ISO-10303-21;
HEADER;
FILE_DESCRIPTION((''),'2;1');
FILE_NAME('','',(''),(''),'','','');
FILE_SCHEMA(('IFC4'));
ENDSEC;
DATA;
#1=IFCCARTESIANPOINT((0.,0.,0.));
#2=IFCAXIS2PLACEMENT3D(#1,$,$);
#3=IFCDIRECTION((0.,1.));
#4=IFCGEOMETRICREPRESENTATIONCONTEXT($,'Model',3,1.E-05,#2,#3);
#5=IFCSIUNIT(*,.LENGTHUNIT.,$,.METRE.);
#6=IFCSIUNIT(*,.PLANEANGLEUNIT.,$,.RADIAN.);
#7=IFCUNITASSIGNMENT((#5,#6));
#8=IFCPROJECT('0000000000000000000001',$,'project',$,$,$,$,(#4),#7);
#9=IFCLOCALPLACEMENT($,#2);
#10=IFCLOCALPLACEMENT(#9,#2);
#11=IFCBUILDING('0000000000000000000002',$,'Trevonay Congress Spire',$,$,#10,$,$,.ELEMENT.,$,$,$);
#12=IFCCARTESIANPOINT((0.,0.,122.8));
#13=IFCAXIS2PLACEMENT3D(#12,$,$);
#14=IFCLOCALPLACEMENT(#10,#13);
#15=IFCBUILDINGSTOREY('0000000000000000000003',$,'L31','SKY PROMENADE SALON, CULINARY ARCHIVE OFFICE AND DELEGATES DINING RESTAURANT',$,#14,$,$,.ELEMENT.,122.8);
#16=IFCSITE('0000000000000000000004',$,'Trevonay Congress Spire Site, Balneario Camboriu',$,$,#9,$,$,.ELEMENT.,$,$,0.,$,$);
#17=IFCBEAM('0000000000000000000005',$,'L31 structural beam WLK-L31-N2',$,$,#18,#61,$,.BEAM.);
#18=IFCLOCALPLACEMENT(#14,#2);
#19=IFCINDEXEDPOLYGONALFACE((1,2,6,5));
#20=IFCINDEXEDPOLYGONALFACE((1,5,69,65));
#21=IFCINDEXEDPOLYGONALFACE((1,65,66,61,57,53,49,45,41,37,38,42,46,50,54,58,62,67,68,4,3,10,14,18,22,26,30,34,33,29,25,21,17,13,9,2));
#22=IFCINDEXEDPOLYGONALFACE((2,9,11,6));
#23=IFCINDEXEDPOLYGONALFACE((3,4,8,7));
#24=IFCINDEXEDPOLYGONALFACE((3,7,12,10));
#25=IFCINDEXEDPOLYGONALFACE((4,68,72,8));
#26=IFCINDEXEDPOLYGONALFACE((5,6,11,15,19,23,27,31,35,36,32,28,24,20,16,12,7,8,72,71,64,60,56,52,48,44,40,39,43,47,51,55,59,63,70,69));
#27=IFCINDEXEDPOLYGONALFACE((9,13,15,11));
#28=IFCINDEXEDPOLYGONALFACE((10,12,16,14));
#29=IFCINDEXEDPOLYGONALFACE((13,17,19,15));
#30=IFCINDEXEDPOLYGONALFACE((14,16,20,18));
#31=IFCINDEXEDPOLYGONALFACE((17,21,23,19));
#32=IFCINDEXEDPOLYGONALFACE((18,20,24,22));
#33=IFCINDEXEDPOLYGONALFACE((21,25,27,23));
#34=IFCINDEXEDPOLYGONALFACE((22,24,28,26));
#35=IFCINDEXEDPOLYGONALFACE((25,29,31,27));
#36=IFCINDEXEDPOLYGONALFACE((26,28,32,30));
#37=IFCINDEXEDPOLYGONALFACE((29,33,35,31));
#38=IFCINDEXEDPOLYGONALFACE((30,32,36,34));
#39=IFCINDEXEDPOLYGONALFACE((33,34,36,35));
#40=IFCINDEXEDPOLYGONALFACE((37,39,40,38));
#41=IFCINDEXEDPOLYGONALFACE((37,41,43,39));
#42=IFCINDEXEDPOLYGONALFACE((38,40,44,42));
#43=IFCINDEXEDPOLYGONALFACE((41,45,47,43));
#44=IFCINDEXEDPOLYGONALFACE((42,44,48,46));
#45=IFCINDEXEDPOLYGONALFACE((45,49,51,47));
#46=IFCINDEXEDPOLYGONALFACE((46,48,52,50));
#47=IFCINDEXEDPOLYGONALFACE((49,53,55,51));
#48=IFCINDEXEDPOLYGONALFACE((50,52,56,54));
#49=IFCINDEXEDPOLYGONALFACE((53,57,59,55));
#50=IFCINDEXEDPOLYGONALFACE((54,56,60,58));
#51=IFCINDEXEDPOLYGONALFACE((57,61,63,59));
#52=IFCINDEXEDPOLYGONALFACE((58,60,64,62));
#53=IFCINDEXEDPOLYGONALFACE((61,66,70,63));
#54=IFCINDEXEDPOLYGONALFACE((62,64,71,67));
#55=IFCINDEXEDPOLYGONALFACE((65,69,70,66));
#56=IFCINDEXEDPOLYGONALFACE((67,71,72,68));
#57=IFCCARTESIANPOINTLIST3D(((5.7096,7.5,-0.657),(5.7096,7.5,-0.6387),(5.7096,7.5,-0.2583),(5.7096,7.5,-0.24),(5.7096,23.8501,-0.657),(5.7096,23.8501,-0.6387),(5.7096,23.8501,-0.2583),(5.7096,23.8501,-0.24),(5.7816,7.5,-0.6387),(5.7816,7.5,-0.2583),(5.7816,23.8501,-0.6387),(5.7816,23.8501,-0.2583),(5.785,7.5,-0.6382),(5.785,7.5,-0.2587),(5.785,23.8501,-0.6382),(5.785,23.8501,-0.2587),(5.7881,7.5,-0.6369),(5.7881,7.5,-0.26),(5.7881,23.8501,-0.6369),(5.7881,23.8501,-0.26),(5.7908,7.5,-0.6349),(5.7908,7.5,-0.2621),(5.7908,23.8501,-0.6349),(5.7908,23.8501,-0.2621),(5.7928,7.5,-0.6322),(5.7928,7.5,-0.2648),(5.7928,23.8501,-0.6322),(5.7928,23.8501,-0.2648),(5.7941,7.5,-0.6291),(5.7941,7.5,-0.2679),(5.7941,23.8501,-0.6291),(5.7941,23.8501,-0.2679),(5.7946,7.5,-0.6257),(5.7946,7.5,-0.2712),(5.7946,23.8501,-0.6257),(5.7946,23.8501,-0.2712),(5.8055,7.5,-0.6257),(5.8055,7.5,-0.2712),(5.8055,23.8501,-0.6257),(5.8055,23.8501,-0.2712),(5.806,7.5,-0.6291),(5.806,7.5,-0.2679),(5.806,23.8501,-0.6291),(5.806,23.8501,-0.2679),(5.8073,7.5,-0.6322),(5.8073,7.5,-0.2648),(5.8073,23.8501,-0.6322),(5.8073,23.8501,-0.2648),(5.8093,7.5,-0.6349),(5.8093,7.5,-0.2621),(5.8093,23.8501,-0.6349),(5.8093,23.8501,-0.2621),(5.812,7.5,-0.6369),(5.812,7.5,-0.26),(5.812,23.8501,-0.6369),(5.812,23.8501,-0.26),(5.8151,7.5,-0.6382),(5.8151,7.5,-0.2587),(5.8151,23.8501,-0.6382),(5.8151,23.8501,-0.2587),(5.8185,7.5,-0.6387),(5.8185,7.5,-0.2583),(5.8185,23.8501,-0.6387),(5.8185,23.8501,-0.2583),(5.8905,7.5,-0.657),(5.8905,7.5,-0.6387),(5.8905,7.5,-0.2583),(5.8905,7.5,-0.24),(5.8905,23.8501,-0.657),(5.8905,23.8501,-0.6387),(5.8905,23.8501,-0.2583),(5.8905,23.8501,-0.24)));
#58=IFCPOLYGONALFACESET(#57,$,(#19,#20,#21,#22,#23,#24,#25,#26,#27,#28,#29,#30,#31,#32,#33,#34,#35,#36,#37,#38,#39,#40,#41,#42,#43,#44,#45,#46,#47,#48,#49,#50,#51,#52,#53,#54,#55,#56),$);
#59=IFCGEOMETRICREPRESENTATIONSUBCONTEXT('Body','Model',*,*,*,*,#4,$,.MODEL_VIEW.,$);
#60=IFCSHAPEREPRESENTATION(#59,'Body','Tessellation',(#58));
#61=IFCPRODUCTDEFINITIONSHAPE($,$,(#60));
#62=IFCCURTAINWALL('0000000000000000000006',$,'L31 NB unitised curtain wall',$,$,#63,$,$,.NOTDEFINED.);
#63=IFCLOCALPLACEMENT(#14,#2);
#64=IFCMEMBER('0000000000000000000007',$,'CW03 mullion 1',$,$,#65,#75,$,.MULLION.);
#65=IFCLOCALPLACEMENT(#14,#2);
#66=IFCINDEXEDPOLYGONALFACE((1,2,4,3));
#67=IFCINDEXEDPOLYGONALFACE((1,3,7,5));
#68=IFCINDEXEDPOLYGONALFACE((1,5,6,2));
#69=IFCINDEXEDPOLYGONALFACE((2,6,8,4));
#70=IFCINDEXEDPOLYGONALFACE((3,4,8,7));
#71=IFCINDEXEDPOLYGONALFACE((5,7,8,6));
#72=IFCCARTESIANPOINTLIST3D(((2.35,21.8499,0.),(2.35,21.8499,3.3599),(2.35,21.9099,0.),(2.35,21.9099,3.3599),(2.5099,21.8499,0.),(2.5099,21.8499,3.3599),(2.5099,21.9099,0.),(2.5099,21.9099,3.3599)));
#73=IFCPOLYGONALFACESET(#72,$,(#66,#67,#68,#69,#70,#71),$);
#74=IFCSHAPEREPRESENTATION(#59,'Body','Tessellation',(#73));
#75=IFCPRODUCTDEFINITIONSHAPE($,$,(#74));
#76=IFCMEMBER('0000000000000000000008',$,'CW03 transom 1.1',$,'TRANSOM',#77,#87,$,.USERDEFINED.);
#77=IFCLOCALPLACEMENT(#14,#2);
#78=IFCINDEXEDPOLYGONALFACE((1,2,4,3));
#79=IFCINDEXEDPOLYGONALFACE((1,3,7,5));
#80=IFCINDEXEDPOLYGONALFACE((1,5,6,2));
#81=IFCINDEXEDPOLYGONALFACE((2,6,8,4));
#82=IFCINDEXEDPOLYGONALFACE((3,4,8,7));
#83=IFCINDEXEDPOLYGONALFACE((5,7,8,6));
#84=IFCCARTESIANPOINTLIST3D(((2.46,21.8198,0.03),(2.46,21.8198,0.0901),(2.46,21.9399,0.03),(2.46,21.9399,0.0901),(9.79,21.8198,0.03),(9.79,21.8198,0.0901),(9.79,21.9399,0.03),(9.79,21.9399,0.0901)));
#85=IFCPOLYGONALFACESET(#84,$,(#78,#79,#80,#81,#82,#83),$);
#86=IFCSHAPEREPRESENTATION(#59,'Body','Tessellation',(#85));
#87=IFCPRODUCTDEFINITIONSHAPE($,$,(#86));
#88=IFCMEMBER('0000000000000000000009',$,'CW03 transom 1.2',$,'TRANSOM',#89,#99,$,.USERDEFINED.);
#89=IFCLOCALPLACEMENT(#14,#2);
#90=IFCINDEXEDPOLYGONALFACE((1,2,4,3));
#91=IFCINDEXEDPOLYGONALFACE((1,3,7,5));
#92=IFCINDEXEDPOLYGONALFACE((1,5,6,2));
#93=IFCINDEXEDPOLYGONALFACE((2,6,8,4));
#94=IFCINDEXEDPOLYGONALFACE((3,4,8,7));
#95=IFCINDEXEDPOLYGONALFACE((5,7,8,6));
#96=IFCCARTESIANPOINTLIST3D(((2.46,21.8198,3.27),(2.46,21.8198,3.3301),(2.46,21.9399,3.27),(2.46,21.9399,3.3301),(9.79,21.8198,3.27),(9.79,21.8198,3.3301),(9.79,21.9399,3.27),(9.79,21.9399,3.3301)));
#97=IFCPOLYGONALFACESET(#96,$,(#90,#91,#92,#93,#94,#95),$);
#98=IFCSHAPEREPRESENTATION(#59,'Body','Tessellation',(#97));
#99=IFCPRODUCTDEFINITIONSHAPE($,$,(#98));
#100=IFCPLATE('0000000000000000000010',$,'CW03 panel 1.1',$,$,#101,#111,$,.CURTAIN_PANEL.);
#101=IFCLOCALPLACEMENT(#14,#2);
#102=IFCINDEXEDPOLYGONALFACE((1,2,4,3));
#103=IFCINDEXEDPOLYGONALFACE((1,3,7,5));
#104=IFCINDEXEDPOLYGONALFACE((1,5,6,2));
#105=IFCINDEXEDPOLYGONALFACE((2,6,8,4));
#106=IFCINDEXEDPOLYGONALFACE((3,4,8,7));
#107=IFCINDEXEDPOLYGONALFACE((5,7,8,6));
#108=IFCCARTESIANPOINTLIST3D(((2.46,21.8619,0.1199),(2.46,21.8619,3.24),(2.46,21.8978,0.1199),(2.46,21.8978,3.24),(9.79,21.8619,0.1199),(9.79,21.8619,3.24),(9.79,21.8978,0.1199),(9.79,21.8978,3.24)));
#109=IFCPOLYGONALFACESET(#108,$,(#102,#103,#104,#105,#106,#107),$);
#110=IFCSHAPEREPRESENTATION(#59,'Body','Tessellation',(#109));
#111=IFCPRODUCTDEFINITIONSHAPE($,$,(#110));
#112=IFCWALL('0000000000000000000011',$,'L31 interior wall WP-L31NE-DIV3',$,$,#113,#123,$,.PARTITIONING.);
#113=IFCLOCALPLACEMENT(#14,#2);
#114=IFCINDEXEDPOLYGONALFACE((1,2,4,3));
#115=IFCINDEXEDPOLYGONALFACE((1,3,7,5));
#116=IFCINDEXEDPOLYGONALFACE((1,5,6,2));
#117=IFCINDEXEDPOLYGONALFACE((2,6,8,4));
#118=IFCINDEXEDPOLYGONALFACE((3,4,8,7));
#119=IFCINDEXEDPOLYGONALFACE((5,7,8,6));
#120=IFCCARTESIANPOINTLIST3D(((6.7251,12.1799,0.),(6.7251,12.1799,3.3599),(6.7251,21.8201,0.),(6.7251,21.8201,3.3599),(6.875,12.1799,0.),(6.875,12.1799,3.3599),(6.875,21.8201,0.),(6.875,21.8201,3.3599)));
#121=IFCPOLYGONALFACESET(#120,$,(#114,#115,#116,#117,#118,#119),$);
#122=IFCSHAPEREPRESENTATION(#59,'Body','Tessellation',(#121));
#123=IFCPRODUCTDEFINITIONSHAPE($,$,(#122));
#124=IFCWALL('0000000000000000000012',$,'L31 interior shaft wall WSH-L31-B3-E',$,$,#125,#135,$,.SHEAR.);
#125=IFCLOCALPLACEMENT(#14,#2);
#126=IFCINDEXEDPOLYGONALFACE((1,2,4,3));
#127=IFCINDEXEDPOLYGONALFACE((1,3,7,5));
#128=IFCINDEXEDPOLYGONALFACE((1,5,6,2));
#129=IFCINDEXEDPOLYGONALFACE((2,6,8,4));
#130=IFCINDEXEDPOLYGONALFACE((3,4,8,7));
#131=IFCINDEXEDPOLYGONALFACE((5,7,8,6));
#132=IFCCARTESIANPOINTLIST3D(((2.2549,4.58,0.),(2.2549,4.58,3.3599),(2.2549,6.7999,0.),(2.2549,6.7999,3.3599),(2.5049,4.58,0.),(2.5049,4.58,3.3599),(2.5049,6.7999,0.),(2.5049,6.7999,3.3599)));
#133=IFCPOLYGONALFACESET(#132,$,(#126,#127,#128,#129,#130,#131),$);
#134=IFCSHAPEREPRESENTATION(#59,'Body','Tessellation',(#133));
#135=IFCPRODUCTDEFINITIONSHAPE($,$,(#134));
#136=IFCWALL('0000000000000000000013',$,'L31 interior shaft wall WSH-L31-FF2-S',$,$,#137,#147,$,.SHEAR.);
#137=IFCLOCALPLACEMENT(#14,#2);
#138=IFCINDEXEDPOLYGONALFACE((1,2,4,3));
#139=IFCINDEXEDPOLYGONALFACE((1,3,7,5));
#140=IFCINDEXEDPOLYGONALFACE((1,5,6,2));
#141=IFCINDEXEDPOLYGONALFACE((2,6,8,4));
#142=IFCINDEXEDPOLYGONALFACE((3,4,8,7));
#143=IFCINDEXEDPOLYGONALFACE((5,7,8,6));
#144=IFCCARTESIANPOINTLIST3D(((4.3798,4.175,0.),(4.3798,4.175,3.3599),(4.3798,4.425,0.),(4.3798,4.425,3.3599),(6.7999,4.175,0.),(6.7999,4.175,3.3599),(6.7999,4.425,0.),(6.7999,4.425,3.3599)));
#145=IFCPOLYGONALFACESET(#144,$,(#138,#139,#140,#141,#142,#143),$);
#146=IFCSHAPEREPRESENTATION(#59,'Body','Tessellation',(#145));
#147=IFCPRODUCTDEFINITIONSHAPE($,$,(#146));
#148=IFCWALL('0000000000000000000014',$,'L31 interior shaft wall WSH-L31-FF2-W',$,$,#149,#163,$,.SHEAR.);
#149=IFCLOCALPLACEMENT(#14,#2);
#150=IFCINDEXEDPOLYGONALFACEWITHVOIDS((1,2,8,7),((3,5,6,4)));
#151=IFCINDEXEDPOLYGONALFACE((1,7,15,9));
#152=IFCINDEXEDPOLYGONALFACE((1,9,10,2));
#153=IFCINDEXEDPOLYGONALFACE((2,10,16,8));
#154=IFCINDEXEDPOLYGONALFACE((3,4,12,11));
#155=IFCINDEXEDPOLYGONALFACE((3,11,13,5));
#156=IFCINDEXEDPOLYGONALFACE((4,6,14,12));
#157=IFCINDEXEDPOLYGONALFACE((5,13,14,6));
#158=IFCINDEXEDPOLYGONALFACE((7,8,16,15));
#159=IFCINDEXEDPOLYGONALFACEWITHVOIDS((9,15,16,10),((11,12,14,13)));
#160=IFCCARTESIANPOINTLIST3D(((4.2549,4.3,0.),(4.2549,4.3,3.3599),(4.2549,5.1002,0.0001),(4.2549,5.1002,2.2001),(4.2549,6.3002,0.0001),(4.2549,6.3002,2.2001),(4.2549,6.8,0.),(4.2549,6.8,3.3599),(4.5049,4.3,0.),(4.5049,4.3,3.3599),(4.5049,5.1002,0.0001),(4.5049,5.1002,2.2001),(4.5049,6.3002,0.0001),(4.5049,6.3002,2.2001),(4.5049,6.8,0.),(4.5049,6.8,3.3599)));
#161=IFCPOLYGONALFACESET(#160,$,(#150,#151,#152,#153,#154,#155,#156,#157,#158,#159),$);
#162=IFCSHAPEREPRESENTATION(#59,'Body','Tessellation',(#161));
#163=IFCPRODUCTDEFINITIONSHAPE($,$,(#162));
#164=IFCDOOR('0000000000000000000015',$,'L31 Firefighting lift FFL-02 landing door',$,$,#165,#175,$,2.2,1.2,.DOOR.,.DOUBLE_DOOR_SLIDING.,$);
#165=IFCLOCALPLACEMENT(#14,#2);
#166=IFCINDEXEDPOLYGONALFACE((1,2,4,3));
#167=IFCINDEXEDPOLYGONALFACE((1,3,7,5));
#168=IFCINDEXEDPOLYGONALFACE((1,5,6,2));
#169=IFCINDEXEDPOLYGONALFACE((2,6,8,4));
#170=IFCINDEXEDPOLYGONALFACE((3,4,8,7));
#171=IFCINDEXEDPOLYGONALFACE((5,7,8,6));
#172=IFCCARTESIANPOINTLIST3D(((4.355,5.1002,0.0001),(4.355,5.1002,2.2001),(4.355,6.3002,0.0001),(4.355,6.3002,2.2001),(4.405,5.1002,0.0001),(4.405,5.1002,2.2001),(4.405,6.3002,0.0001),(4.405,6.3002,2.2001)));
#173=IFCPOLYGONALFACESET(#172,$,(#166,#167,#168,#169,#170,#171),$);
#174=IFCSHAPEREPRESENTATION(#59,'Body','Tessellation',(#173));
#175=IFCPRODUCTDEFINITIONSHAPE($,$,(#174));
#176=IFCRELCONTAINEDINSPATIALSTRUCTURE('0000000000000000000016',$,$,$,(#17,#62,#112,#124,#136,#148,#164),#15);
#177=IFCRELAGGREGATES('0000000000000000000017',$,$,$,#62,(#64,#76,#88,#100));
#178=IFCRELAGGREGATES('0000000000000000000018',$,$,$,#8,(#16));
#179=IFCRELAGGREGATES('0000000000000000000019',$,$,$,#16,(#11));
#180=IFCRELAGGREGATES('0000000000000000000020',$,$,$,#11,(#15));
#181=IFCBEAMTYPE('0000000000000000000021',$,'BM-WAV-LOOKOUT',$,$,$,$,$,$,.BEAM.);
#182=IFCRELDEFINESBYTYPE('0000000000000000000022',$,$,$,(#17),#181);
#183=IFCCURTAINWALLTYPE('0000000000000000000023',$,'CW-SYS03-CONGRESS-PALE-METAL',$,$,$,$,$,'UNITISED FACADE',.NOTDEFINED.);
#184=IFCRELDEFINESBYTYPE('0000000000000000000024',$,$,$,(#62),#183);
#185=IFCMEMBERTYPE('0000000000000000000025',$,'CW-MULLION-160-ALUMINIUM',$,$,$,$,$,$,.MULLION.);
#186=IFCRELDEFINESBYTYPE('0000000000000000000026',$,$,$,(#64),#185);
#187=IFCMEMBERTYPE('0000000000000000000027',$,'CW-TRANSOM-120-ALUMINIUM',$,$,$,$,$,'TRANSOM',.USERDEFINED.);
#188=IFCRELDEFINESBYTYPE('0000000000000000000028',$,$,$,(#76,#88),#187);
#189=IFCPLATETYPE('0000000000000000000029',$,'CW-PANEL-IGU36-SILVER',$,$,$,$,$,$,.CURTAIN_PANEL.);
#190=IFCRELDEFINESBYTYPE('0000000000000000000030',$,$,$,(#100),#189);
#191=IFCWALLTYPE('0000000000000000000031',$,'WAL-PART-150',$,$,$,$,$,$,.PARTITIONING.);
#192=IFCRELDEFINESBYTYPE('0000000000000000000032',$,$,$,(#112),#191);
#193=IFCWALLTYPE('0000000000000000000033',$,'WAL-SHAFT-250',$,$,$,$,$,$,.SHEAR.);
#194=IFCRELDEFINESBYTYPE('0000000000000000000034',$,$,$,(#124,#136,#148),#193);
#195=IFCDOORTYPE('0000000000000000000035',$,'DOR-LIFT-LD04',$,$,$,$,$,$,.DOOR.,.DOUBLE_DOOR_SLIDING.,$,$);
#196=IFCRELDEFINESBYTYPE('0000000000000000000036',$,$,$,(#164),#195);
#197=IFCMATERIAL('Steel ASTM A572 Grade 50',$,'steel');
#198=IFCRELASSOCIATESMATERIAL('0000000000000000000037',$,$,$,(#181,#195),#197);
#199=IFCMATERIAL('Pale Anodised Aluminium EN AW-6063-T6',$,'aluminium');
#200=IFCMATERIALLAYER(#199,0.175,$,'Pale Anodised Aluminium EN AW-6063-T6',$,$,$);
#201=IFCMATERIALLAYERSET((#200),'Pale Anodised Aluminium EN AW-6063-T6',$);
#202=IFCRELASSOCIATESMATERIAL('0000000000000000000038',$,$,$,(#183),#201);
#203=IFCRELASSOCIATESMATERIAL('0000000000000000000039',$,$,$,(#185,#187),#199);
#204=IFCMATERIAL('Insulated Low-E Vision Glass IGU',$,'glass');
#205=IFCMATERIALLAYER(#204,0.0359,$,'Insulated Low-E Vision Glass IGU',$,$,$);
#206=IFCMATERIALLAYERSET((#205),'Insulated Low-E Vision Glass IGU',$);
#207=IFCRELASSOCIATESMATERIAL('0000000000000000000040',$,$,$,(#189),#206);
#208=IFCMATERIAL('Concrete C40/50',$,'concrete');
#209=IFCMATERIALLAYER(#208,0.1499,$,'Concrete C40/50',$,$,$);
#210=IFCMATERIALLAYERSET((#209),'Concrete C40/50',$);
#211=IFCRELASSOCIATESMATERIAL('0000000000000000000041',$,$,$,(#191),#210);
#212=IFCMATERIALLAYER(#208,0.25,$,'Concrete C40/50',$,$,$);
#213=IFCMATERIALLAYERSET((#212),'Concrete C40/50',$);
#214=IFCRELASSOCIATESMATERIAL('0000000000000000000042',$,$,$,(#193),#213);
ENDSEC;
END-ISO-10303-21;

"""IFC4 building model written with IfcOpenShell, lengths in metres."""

from ifc_helpers import new_model, si_unit, direction, frame, frame_2d, origin, origin_2d, place, context, subcontext, project, spatial, rectangle, i_section, extrude, material, layer, layer_set, material_profile, profile_set, type_object, element, fill, aggregate, save


model = new_model("IFC4")

# Units and contexts
model_context = context("Model", 3, precision=1e-05, world=origin(), true_north=direction((0.0, 1.0)))
body_context = subcontext(model_context, "Body", "Model", "MODEL_VIEW")
ifc_project = project(units=[si_unit("LENGTHUNIT", "METRE"), si_unit("PLANEANGLEUNIT", "RADIAN")], contexts=[model_context])

# Site, building, storey
site_placement = place(None, origin())
site = spatial("IfcSite", under=ifc_project, at=site_placement, Name="Trevonay Congress Spire Site, Balneario Camboriu", CompositionType="ELEMENT", RefElevation=0.0)
building_placement = place(site_placement, origin())
building = spatial("IfcBuilding", under=site, at=building_placement, Name="Trevonay Congress Spire", CompositionType="ELEMENT")
storey_placement = place(building_placement, frame((0.0, 0.0, 122.8)))
storey = spatial("IfcBuildingStorey", under=building, at=storey_placement, Name="L31", Description="SKY PROMENADE SALON, CULINARY ARCHIVE OFFICE AND DELEGATES DINING RESTAURANT", CompositionType="ELEMENT", Elevation=122.8)

# Shared definitions
ifc_material_1 = material(Name="Steel ASTM A572 Grade 50", Category="steel")

# Beam
ifc_material_profile_1 = material_profile(ifc_material_1, i_section(OverallWidth=0.1809, OverallDepth=0.417, WebThickness=0.011, FlangeThickness=0.0183, FilletRadius=0.0129, at=origin_2d()), Name="W410x85")
ifc_profile_set_1 = profile_set([ifc_material_profile_1], Name="Steel ASTM A572 Grade 50")
beam_type_1 = type_object("IfcBeamType", Name="BM-WAV-LOOKOUT", PredefinedType="BEAM", material=ifc_profile_set_1)
beam_1_placement = place(storey_placement, frame((5.8, 7.5, -0.4485), z_axis=(0.0, 1.0, 0.0), x_axis=(-1.0, 0.0, 0.0)))
element("IfcBeam", 1, at=beam_1_placement, inside=storey, type_object=beam_type_1, Name="L31 structural beam WLK-L31-N2", PredefinedType="BEAM", context=body_context, shape_type="SweptSolid", body=[
    extrude(i_section(OverallWidth=0.1809, OverallDepth=0.417, WebThickness=0.011, FlangeThickness=0.0183, FilletRadius=0.0129, at=origin_2d()), origin(), (0.0, 0.0, 1.0), 16.3501),
])

# Curtain wall, members, plate
ifc_material_2 = material(Name="Pale Anodised Aluminium EN AW-6063-T6", Category="aluminium")
ifc_layer_1 = layer(ifc_material_2, 0.175, Name="Pale Anodised Aluminium EN AW-6063-T6")
ifc_layer_set_1 = layer_set([ifc_layer_1], Name="Pale Anodised Aluminium EN AW-6063-T6")
curtain_wall_type = type_object("IfcCurtainWallType", Name="CW-SYS03-CONGRESS-PALE-METAL", ElementType="UNITISED FACADE", PredefinedType="NOTDEFINED", material=ifc_layer_set_1)
curtain_wall_placement = place(storey_placement, origin())
curtain_wall = element("IfcCurtainWall", 2, at=curtain_wall_placement, inside=storey, type_object=curtain_wall_type, Name="L31 NB unitised curtain wall", PredefinedType="NOTDEFINED")
ifc_material_profile_2 = material_profile(ifc_material_2, rectangle(XDim=0.0601, YDim=0.1599, at=origin_2d()), Name="CW-MULLION-160-ALUMINIUM")
ifc_profile_set_2 = profile_set([ifc_material_profile_2], Name="Pale Anodised Aluminium EN AW-6063-T6")
member_type_1 = type_object("IfcMemberType", Name="CW-MULLION-160-ALUMINIUM", PredefinedType="MULLION", material=ifc_profile_set_2)
member_1_placement = place(storey_placement, frame((2.4299, 21.8799, 0.0), z_axis=(0.0, 0.0, 1.0), x_axis=(0.0, 1.0, 0.0)))
member_1 = element("IfcMember", 3, at=member_1_placement, type_object=member_type_1, Name="CW03 mullion 1", PredefinedType="MULLION", context=body_context, shape_type="SweptSolid", body=[
    extrude(rectangle(XDim=0.0601, YDim=0.1599, at=origin_2d()), origin(), (0.0, 0.0, 1.0), 3.3599),
])
ifc_material_profile_3 = material_profile(ifc_material_2, rectangle(XDim=0.1201, YDim=0.0601, at=origin_2d()), Name="CW-TRANSOM-120-ALUMINIUM")
ifc_profile_set_3 = profile_set([ifc_material_profile_3], Name="Pale Anodised Aluminium EN AW-6063-T6")
member_type_2 = type_object("IfcMemberType", Name="CW-TRANSOM-120-ALUMINIUM", ElementType="TRANSOM", PredefinedType="USERDEFINED", material=ifc_profile_set_3)
member_2_placement = place(storey_placement, frame((2.46, 21.8799, 0.0601), z_axis=(1.0, 0.0, 0.0), x_axis=(0.0, 1.0, 0.0)))
member_2 = element("IfcMember", 4, at=member_2_placement, type_object=member_type_2, Name="CW03 transom 1.1", ObjectType="TRANSOM", PredefinedType="USERDEFINED", context=body_context, shape_type="SweptSolid", body=[
    extrude(rectangle(XDim=0.1201, YDim=0.0601, at=origin_2d()), origin(), (0.0, 0.0, 1.0), 7.3301),
])
member_3_placement = place(storey_placement, frame((2.46, 21.8799, 3.3), z_axis=(1.0, 0.0, 0.0), x_axis=(0.0, 1.0, 0.0)))
member_3 = element("IfcMember", 5, at=member_3_placement, type_object=member_type_2, Name="CW03 transom 1.2", ObjectType="TRANSOM", PredefinedType="USERDEFINED", context=body_context, shape_type="SweptSolid", body=[
    extrude(rectangle(XDim=0.1201, YDim=0.0601, at=origin_2d()), origin(), (0.0, 0.0, 1.0), 7.3301),
])
ifc_material_3 = material(Name="Insulated Low-E Vision Glass IGU", Category="glass")
ifc_layer_2 = layer(ifc_material_3, 0.0359, Name="Insulated Low-E Vision Glass IGU")
ifc_layer_set_2 = layer_set([ifc_layer_2], Name="Insulated Low-E Vision Glass IGU")
plate_type = type_object("IfcPlateType", Name="CW-PANEL-IGU36-SILVER", PredefinedType="CURTAIN_PANEL", material=ifc_layer_set_2)
plate_placement = place(storey_placement, frame((6.125, 21.8799, 0.1199), z_axis=(0.0, 0.0, 1.0), x_axis=(1.0, 0.0, 0.0)))
plate = element("IfcPlate", 6, at=plate_placement, type_object=plate_type, Name="CW03 panel 1.1", PredefinedType="CURTAIN_PANEL", context=body_context, shape_type="SweptSolid", body=[
    extrude(rectangle(XDim=7.3301, YDim=0.0359, at=origin_2d()), origin(), (0.0, 0.0, 1.0), 3.1201),
])
aggregate(curtain_wall, [member_1, member_2, member_3, plate])

# Walls
ifc_material_4 = material(Name="Concrete C40/50", Category="concrete")
ifc_layer_3 = layer(ifc_material_4, 0.1499, Name="Concrete C40/50")
ifc_layer_set_3 = layer_set([ifc_layer_3], Name="Concrete C40/50")
wall_type_1 = type_object("IfcWallType", Name="WAL-PART-150", PredefinedType="PARTITIONING", material=ifc_layer_set_3)
wall_1_placement = place(storey_placement, frame((6.8, 12.1799, 0.0), z_axis=(0.0, 0.0, 1.0), x_axis=(0.0, 1.0, 0.0)))
element("IfcWall", 7, at=wall_1_placement, inside=storey, type_object=wall_type_1, Name="L31 interior wall WP-L31NE-DIV3", PredefinedType="PARTITIONING", context=body_context, shape_type="SweptSolid", body=[
    extrude(rectangle(XDim=9.6401, YDim=0.1499, at=frame_2d((4.8201, 0.0))), origin(), (0.0, 0.0, 1.0), 3.3599),
])
ifc_layer_4 = layer(ifc_material_4, 0.25, Name="Concrete C40/50")
ifc_layer_set_4 = layer_set([ifc_layer_4], Name="Concrete C40/50")
wall_type_2 = type_object("IfcWallType", Name="WAL-SHAFT-250", PredefinedType="SHEAR", material=ifc_layer_set_4)
wall_2_placement = place(storey_placement, frame((2.3799, 4.5801, 0.0), z_axis=(0.0, 0.0, 1.0), x_axis=(0.0, 1.0, 0.0)))
element("IfcWall", 8, at=wall_2_placement, inside=storey, type_object=wall_type_2, Name="L31 interior shaft wall WSH-L31-B3-E", PredefinedType="SHEAR", context=body_context, shape_type="SweptSolid", body=[
    extrude(rectangle(XDim=2.22, YDim=0.25, at=frame_2d((1.1099, 0.0))), origin(), (0.0, 0.0, 1.0), 3.3599),
])
wall_3_placement = place(storey_placement, frame((4.3799, 4.3, 0.0), z_axis=(0.0, 0.0, 1.0), x_axis=(1.0, 0.0, 0.0)))
element("IfcWall", 9, at=wall_3_placement, inside=storey, type_object=wall_type_2, Name="L31 interior shaft wall WSH-L31-FF2-S", PredefinedType="SHEAR", context=body_context, shape_type="SweptSolid", body=[
    extrude(rectangle(XDim=2.4202, YDim=0.25, at=frame_2d((1.21, 0.0))), origin(), (0.0, 0.0, 1.0), 3.3599),
])

# Wall, opening, door
wall_4_placement = place(storey_placement, frame((4.3799, 4.3, 0.0), z_axis=(0.0, 0.0, 1.0), x_axis=(0.0, 1.0, 0.0)))
wall_4 = element("IfcWall", 10, at=wall_4_placement, inside=storey, type_object=wall_type_2, Name="L31 interior shaft wall WSH-L31-FF2-W", PredefinedType="SHEAR", context=body_context, shape_type="SweptSolid", body=[
    extrude(rectangle(XDim=2.5, YDim=0.25, at=frame_2d((1.25, 0.0))), origin(), (0.0, 0.0, 1.0), 3.3599),
])
opening_1_placement = place(wall_4_placement, frame((0.8, 0.0, 0.0)))
opening_1 = element("IfcOpeningElement", 11, at=opening_1_placement, cuts=wall_4, PredefinedType="OPENING", context=body_context, shape_type="SweptSolid", body=[
    extrude(rectangle(XDim=1.2, YDim=2.2, at=frame_2d((0.6001, 1.1001))), frame((0.0, 0.135, 0.0), z_axis=(0.0, -1.0, 0.0), x_axis=(1.0, 0.0, 0.0)), (0.0, 0.0, 1.0), 0.27),
])
door_type_1 = type_object("IfcDoorType", Name="DOR-LIFT-LD04", OperationType="DOUBLE_DOOR_SLIDING", PredefinedType="DOOR", material=ifc_material_1)
door_1_placement = place(opening_1_placement, origin())
door_1 = element("IfcDoor", 12, at=door_1_placement, inside=storey, type_object=door_type_1, Name="L31 Firefighting lift FFL-02 landing door", OperationType="DOUBLE_DOOR_SLIDING", OverallHeight=2.2, OverallWidth=1.2, PredefinedType="DOOR", context=body_context, shape_type="SweptSolid", body=[
    extrude(rectangle(XDim=1.2, YDim=2.2, at=frame_2d((0.6001, 1.1001))), frame((0.0, 0.0249, 0.0), z_axis=(0.0, -1.0, 0.0), x_axis=(1.0, 0.0, 0.0)), (0.0, 0.0, 1.0), 0.05),
])
fill(opening_1, door_1)

save(model, "model.ifc")
